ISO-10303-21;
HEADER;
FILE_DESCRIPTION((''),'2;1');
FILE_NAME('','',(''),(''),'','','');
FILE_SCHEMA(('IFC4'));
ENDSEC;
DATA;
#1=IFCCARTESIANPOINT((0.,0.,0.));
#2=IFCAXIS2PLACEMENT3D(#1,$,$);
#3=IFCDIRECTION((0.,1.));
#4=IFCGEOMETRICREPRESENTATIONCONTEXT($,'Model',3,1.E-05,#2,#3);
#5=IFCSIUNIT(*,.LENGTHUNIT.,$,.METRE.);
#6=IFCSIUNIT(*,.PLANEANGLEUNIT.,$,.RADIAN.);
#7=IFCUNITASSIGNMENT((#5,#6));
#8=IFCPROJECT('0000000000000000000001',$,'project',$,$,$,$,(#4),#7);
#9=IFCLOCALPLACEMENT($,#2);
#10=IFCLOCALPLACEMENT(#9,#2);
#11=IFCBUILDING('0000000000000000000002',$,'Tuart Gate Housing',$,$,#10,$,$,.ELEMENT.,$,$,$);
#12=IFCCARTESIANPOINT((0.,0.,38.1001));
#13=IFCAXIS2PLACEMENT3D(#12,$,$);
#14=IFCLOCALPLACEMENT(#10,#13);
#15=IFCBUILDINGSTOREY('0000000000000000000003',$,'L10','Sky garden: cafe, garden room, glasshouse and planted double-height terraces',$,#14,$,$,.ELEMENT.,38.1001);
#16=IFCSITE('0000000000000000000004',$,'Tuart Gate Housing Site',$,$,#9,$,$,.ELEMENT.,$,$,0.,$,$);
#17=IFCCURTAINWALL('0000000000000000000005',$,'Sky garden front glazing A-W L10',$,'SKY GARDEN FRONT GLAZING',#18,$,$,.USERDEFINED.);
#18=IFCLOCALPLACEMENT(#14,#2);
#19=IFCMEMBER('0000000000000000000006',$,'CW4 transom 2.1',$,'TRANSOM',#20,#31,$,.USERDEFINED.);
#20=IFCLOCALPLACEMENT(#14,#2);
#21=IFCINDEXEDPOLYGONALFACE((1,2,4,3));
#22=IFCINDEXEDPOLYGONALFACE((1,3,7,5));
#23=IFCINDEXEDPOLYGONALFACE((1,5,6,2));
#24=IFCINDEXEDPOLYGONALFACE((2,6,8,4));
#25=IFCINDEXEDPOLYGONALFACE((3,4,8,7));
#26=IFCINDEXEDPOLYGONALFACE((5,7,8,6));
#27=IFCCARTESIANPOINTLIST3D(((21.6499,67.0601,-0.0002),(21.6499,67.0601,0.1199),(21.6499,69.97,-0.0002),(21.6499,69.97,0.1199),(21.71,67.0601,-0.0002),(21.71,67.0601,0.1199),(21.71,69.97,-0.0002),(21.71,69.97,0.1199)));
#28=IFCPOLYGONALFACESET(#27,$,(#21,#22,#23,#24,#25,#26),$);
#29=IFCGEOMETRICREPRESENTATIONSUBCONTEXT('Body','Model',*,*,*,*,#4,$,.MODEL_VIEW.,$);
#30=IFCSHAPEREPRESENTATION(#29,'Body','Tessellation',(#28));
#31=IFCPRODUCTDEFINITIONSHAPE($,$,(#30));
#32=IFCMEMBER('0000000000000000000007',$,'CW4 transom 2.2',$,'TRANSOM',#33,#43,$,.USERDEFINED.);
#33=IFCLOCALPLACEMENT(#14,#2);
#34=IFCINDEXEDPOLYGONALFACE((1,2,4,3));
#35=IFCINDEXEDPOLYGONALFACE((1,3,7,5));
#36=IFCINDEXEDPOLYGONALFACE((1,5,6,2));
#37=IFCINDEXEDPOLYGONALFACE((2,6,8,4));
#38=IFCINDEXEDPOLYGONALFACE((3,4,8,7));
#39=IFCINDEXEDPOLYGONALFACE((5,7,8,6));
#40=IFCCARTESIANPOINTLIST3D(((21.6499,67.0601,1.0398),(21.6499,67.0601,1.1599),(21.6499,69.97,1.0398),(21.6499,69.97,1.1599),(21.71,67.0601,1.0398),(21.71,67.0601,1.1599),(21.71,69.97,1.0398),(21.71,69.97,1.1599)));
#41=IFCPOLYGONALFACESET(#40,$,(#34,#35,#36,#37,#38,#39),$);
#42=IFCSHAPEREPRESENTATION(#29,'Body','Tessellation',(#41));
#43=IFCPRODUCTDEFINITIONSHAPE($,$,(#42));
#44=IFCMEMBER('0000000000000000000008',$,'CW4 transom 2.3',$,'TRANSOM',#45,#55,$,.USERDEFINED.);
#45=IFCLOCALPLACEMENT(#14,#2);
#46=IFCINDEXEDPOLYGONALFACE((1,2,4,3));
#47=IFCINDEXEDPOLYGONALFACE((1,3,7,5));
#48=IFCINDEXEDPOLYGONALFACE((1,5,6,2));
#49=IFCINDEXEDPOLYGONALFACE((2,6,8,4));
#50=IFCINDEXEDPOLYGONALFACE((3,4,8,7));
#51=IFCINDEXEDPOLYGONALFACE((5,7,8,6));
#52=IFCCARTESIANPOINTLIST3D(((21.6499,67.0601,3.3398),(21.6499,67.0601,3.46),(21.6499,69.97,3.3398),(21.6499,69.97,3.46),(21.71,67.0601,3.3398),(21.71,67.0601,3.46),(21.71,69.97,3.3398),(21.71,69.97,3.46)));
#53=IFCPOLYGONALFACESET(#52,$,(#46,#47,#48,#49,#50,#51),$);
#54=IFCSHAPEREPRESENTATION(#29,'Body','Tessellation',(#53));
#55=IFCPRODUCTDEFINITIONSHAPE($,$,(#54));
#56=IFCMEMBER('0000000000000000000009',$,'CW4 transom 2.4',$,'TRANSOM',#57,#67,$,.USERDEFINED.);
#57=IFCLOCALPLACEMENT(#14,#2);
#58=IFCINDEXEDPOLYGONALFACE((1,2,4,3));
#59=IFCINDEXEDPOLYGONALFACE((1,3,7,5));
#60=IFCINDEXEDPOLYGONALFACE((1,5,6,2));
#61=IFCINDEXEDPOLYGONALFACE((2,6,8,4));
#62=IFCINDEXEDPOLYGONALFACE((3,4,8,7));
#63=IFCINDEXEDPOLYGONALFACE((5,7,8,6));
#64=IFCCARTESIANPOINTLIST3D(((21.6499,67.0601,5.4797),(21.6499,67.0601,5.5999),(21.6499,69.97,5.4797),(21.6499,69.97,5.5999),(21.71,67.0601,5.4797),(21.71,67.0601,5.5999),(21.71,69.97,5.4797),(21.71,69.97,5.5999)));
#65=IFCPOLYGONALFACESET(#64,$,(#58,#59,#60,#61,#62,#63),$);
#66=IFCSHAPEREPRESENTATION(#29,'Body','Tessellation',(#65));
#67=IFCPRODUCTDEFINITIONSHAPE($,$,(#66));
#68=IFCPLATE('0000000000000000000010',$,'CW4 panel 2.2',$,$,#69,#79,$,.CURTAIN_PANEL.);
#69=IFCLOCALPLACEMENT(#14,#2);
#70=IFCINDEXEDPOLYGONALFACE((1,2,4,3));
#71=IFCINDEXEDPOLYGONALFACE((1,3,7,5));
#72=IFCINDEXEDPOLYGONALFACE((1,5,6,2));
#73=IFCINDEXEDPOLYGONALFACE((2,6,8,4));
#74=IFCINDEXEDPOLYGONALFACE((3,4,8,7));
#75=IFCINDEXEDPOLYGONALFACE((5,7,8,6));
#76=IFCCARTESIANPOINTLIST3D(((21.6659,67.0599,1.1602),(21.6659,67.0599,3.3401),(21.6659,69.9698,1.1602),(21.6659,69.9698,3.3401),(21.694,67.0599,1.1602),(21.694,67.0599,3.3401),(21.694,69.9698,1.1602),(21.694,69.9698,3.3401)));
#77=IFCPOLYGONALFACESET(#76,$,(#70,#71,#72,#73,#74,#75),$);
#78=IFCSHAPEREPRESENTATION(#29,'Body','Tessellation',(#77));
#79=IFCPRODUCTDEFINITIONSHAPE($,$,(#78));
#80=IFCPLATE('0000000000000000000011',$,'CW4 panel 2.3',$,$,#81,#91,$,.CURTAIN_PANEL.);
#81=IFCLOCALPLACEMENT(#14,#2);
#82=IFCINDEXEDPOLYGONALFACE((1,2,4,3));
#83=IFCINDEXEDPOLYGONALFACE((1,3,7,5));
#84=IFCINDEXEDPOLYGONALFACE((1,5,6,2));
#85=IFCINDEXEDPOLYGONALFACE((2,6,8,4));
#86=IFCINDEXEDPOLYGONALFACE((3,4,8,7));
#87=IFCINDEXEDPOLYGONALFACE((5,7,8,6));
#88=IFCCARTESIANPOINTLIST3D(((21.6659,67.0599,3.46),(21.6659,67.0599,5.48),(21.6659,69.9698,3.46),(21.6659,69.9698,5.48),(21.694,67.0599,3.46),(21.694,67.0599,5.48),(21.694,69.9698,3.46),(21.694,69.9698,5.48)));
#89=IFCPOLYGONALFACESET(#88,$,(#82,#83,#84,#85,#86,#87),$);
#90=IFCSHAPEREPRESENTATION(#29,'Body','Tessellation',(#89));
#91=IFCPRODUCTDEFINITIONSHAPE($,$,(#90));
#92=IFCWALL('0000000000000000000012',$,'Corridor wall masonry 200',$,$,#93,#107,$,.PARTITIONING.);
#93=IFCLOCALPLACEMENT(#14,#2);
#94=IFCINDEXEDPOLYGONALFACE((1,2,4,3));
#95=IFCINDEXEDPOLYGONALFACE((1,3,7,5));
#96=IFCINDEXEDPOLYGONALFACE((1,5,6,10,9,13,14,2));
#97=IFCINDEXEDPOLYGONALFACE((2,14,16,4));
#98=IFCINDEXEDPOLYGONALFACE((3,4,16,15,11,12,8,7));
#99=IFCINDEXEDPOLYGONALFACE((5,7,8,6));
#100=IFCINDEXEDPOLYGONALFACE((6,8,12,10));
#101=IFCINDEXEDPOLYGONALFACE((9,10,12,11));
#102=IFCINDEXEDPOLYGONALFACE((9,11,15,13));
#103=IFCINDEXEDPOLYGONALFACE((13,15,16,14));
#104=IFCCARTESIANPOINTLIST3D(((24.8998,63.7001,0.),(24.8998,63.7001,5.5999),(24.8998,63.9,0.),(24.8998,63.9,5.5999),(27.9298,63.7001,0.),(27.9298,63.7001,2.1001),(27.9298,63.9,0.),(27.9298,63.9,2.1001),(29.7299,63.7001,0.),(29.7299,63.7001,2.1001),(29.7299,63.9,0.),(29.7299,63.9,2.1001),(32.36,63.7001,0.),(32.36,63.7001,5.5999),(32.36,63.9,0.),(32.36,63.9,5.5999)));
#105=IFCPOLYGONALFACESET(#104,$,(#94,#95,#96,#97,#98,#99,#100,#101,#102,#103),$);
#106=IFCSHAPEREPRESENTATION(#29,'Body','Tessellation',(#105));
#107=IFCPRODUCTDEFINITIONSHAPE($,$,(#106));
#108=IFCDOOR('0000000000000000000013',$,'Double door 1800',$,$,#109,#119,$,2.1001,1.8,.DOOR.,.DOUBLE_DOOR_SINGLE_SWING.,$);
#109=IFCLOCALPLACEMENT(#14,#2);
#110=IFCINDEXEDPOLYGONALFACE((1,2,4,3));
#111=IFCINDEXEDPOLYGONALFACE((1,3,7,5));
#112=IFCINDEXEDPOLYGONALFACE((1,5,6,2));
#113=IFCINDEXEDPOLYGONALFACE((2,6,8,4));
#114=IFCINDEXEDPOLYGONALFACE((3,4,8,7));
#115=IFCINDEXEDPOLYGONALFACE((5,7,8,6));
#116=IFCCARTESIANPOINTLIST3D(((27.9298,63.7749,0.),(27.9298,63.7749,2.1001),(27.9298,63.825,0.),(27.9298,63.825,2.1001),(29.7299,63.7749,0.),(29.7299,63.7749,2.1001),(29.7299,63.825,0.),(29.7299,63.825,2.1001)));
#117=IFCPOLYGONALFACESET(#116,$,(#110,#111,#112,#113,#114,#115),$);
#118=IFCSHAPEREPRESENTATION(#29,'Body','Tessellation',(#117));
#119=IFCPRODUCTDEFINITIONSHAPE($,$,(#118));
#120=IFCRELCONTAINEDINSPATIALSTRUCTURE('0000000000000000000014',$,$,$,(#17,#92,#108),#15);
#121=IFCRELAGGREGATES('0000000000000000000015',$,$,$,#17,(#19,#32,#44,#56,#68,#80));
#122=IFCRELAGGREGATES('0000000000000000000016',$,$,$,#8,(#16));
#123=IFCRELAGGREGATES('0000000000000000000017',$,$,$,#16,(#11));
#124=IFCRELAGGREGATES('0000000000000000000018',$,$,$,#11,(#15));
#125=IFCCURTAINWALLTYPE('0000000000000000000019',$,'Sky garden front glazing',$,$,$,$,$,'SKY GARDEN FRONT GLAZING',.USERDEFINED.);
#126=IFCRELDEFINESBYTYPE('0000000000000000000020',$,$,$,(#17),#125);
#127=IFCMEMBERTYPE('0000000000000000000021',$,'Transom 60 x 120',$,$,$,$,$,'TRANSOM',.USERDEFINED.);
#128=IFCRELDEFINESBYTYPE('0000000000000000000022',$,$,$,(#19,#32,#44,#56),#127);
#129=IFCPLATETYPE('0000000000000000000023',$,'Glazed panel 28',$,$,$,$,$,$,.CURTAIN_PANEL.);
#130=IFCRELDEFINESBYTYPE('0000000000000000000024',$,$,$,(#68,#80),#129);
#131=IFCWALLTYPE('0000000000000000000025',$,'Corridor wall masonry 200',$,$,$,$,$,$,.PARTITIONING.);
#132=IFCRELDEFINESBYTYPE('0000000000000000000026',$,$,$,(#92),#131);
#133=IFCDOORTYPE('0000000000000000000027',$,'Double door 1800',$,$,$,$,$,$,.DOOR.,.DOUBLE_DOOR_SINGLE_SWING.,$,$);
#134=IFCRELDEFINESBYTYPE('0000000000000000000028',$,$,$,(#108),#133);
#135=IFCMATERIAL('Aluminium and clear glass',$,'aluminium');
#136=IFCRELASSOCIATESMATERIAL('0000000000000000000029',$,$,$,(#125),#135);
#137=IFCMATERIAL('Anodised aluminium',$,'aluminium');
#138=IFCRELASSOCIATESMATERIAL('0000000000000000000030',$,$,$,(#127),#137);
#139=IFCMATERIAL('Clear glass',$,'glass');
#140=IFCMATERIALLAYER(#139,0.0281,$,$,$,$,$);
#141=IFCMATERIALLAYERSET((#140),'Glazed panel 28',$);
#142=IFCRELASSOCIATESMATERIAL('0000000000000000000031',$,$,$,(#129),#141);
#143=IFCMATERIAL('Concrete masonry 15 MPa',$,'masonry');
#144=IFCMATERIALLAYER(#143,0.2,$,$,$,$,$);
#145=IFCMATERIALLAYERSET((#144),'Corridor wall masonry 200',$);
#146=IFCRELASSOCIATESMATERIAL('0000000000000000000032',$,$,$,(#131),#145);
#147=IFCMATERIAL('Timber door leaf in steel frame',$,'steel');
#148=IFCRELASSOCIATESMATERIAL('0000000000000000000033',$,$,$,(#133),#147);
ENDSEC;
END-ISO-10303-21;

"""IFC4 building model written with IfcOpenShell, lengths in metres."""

from ifc_helpers import new_model, si_unit, direction, frame, frame_2d, origin, origin_2d, place, context, subcontext, project, spatial, rectangle, extrude, material, layer, layer_set, material_profile, profile_set, type_object, element, fill, aggregate, save


model = new_model("IFC4")

# Units and contexts
model_context = context("Model", 3, precision=1e-05, world=origin(), true_north=direction((0.0, 1.0)))
body_context = subcontext(model_context, "Body", "Model", "MODEL_VIEW")
ifc_project = project(units=[si_unit("LENGTHUNIT", "METRE"), si_unit("PLANEANGLEUNIT", "RADIAN")], contexts=[model_context])

# Site, building, storey
site_placement = place(None, origin())
site = spatial("IfcSite", under=ifc_project, at=site_placement, Name="Tuart Gate Housing Site", CompositionType="ELEMENT", RefElevation=0.0)
building_placement = place(site_placement, origin())
building = spatial("IfcBuilding", under=site, at=building_placement, Name="Tuart Gate Housing", CompositionType="ELEMENT")
storey_placement = place(building_placement, frame((0.0, 0.0, 38.1001)))
storey = spatial("IfcBuildingStorey", under=building, at=storey_placement, Name="L10", Description="Sky garden: cafe, garden room, glasshouse and planted double-height terraces", CompositionType="ELEMENT", Elevation=38.1001)

# Curtain wall, members, plates
ifc_material_1 = material(Name="Aluminium and clear glass", Category="aluminium")
curtain_wall_type = type_object("IfcCurtainWallType", Name="Sky garden front glazing", ElementType="SKY GARDEN FRONT GLAZING", PredefinedType="USERDEFINED", material=ifc_material_1)
curtain_wall_placement = place(storey_placement, origin())
curtain_wall = element("IfcCurtainWall", 1, at=curtain_wall_placement, inside=storey, type_object=curtain_wall_type, Name="Sky garden front glazing A-W L10", ObjectType="SKY GARDEN FRONT GLAZING", PredefinedType="USERDEFINED")
ifc_material_2 = material(Name="Anodised aluminium", Category="aluminium")
ifc_material_profile = material_profile(ifc_material_2, rectangle(XDim=0.0601, YDim=0.1201, at=origin_2d()), Name="60x120")
ifc_profile_set = profile_set([ifc_material_profile], Name="Anodised aluminium")
member_type = type_object("IfcMemberType", Name="Transom 60 x 120", ElementType="TRANSOM", PredefinedType="USERDEFINED", material=ifc_profile_set)
member_1_placement = place(storey_placement, frame((21.6799, 69.97, 0.0598), z_axis=(0.0, -1.0, 0.0), x_axis=(1.0, 0.0, 0.0)))
member_1 = element("IfcMember", 2, at=member_1_placement, type_object=member_type, Name="CW4 transom 2.1", ObjectType="TRANSOM", PredefinedType="USERDEFINED", context=body_context, shape_type="SweptSolid", body=[
    extrude(rectangle(XDim=0.0601, YDim=0.1201, at=origin_2d()), origin(), (0.0, 0.0, 1.0), 2.9099),
])
member_2_placement = place(storey_placement, frame((21.6799, 69.97, 1.0999), z_axis=(0.0, -1.0, 0.0), x_axis=(1.0, 0.0, 0.0)))
member_2 = element("IfcMember", 3, at=member_2_placement, type_object=member_type, Name="CW4 transom 2.2", ObjectType="TRANSOM", PredefinedType="USERDEFINED", context=body_context, shape_type="SweptSolid", body=[
    extrude(rectangle(XDim=0.0601, YDim=0.1201, at=origin_2d()), origin(), (0.0, 0.0, 1.0), 2.9099),
])
member_3_placement = place(storey_placement, frame((21.6799, 69.97, 3.3999), z_axis=(0.0, -1.0, 0.0), x_axis=(1.0, 0.0, 0.0)))
member_3 = element("IfcMember", 4, at=member_3_placement, type_object=member_type, Name="CW4 transom 2.3", ObjectType="TRANSOM", PredefinedType="USERDEFINED", context=body_context, shape_type="SweptSolid", body=[
    extrude(rectangle(XDim=0.0601, YDim=0.1201, at=origin_2d()), origin(), (0.0, 0.0, 1.0), 2.9099),
])
member_4_placement = place(storey_placement, frame((21.6799, 69.97, 5.5398), z_axis=(0.0, -1.0, 0.0), x_axis=(1.0, 0.0, 0.0)))
member_4 = element("IfcMember", 5, at=member_4_placement, type_object=member_type, Name="CW4 transom 2.4", ObjectType="TRANSOM", PredefinedType="USERDEFINED", context=body_context, shape_type="SweptSolid", body=[
    extrude(rectangle(XDim=0.0601, YDim=0.1201, at=origin_2d()), origin(), (0.0, 0.0, 1.0), 2.9099),
])
ifc_material_3 = material(Name="Clear glass", Category="glass")
ifc_layer_1 = layer(ifc_material_3, 0.0281)
ifc_layer_set_1 = layer_set([ifc_layer_1], Name="Glazed panel 28")
plate_type = type_object("IfcPlateType", Name="Glazed panel 28", PredefinedType="CURTAIN_PANEL", material=ifc_layer_set_1)
plate_1_placement = place(storey_placement, frame((21.6799, 68.5149, 1.1602), z_axis=(0.0, 0.0, 1.0), x_axis=(0.0, -1.0, 0.0)))
plate_1 = element("IfcPlate", 6, at=plate_1_placement, type_object=plate_type, Name="CW4 panel 2.2", PredefinedType="CURTAIN_PANEL", context=body_context, shape_type="SweptSolid", body=[
    extrude(rectangle(XDim=2.9099, YDim=0.0281, at=origin_2d()), origin(), (0.0, 0.0, 1.0), 2.1799),
])
plate_2_placement = place(storey_placement, frame((21.6799, 68.5149, 3.46), z_axis=(0.0, 0.0, 1.0), x_axis=(0.0, -1.0, 0.0)))
plate_2 = element("IfcPlate", 7, at=plate_2_placement, type_object=plate_type, Name="CW4 panel 2.3", PredefinedType="CURTAIN_PANEL", context=body_context, shape_type="SweptSolid", body=[
    extrude(rectangle(XDim=2.9099, YDim=0.0281, at=origin_2d()), origin(), (0.0, 0.0, 1.0), 2.02),
])
aggregate(curtain_wall, [member_1, member_2, member_3, member_4, plate_1, plate_2])

# Wall, opening, door
ifc_material_4 = material(Name="Concrete masonry 15 MPa", Category="masonry")
ifc_layer_2 = layer(ifc_material_4, 0.2)
ifc_layer_set_2 = layer_set([ifc_layer_2], Name="Corridor wall masonry 200")
wall_type = type_object("IfcWallType", Name="Corridor wall masonry 200", PredefinedType="PARTITIONING", material=ifc_layer_set_2)
wall_placement = place(storey_placement, frame((24.8999, 63.8, 0.0), z_axis=(0.0, 0.0, 1.0), x_axis=(1.0, 0.0, 0.0)))
wall = element("IfcWall", 8, at=wall_placement, inside=storey, type_object=wall_type, Name="Corridor wall masonry 200", PredefinedType="PARTITIONING", context=body_context, shape_type="SweptSolid", body=[
    extrude(rectangle(XDim=7.4602, YDim=0.2, at=frame_2d((3.73, 0.0))), origin(), (0.0, 0.0, 1.0), 5.5999),
])
opening_placement = place(wall_placement, frame((3.03, 0.0, 0.0)))
opening = element("IfcOpeningElement", 9, at=opening_placement, cuts=wall, PredefinedType="OPENING", context=body_context, shape_type="SweptSolid", body=[
    extrude(rectangle(XDim=1.8, YDim=2.1001, at=frame_2d((0.8999, 1.05))), frame((0.0, 0.1099, 0.0), z_axis=(0.0, -1.0, 0.0), x_axis=(1.0, 0.0, 0.0)), (0.0, 0.0, 1.0), 0.22),
])
ifc_material_5 = material(Name="Timber door leaf in steel frame", Category="steel")
door_type = type_object("IfcDoorType", Name="Double door 1800", OperationType="DOUBLE_DOOR_SINGLE_SWING", PredefinedType="DOOR", material=ifc_material_5)
door_placement = place(opening_placement, origin())
door = element("IfcDoor", 10, at=door_placement, inside=storey, type_object=door_type, Name="Double door 1800", OperationType="DOUBLE_DOOR_SINGLE_SWING", OverallHeight=2.1001, OverallWidth=1.8, PredefinedType="DOOR", context=body_context, shape_type="SweptSolid", body=[
    extrude(rectangle(XDim=1.8, YDim=2.1001, at=frame_2d((0.8999, 1.05))), frame((0.0, 0.0249, 0.0), z_axis=(0.0, -1.0, 0.0), x_axis=(1.0, 0.0, 0.0)), (0.0, 0.0, 1.0), 0.05),
])
fill(opening, door)

save(model, "model.ifc")
